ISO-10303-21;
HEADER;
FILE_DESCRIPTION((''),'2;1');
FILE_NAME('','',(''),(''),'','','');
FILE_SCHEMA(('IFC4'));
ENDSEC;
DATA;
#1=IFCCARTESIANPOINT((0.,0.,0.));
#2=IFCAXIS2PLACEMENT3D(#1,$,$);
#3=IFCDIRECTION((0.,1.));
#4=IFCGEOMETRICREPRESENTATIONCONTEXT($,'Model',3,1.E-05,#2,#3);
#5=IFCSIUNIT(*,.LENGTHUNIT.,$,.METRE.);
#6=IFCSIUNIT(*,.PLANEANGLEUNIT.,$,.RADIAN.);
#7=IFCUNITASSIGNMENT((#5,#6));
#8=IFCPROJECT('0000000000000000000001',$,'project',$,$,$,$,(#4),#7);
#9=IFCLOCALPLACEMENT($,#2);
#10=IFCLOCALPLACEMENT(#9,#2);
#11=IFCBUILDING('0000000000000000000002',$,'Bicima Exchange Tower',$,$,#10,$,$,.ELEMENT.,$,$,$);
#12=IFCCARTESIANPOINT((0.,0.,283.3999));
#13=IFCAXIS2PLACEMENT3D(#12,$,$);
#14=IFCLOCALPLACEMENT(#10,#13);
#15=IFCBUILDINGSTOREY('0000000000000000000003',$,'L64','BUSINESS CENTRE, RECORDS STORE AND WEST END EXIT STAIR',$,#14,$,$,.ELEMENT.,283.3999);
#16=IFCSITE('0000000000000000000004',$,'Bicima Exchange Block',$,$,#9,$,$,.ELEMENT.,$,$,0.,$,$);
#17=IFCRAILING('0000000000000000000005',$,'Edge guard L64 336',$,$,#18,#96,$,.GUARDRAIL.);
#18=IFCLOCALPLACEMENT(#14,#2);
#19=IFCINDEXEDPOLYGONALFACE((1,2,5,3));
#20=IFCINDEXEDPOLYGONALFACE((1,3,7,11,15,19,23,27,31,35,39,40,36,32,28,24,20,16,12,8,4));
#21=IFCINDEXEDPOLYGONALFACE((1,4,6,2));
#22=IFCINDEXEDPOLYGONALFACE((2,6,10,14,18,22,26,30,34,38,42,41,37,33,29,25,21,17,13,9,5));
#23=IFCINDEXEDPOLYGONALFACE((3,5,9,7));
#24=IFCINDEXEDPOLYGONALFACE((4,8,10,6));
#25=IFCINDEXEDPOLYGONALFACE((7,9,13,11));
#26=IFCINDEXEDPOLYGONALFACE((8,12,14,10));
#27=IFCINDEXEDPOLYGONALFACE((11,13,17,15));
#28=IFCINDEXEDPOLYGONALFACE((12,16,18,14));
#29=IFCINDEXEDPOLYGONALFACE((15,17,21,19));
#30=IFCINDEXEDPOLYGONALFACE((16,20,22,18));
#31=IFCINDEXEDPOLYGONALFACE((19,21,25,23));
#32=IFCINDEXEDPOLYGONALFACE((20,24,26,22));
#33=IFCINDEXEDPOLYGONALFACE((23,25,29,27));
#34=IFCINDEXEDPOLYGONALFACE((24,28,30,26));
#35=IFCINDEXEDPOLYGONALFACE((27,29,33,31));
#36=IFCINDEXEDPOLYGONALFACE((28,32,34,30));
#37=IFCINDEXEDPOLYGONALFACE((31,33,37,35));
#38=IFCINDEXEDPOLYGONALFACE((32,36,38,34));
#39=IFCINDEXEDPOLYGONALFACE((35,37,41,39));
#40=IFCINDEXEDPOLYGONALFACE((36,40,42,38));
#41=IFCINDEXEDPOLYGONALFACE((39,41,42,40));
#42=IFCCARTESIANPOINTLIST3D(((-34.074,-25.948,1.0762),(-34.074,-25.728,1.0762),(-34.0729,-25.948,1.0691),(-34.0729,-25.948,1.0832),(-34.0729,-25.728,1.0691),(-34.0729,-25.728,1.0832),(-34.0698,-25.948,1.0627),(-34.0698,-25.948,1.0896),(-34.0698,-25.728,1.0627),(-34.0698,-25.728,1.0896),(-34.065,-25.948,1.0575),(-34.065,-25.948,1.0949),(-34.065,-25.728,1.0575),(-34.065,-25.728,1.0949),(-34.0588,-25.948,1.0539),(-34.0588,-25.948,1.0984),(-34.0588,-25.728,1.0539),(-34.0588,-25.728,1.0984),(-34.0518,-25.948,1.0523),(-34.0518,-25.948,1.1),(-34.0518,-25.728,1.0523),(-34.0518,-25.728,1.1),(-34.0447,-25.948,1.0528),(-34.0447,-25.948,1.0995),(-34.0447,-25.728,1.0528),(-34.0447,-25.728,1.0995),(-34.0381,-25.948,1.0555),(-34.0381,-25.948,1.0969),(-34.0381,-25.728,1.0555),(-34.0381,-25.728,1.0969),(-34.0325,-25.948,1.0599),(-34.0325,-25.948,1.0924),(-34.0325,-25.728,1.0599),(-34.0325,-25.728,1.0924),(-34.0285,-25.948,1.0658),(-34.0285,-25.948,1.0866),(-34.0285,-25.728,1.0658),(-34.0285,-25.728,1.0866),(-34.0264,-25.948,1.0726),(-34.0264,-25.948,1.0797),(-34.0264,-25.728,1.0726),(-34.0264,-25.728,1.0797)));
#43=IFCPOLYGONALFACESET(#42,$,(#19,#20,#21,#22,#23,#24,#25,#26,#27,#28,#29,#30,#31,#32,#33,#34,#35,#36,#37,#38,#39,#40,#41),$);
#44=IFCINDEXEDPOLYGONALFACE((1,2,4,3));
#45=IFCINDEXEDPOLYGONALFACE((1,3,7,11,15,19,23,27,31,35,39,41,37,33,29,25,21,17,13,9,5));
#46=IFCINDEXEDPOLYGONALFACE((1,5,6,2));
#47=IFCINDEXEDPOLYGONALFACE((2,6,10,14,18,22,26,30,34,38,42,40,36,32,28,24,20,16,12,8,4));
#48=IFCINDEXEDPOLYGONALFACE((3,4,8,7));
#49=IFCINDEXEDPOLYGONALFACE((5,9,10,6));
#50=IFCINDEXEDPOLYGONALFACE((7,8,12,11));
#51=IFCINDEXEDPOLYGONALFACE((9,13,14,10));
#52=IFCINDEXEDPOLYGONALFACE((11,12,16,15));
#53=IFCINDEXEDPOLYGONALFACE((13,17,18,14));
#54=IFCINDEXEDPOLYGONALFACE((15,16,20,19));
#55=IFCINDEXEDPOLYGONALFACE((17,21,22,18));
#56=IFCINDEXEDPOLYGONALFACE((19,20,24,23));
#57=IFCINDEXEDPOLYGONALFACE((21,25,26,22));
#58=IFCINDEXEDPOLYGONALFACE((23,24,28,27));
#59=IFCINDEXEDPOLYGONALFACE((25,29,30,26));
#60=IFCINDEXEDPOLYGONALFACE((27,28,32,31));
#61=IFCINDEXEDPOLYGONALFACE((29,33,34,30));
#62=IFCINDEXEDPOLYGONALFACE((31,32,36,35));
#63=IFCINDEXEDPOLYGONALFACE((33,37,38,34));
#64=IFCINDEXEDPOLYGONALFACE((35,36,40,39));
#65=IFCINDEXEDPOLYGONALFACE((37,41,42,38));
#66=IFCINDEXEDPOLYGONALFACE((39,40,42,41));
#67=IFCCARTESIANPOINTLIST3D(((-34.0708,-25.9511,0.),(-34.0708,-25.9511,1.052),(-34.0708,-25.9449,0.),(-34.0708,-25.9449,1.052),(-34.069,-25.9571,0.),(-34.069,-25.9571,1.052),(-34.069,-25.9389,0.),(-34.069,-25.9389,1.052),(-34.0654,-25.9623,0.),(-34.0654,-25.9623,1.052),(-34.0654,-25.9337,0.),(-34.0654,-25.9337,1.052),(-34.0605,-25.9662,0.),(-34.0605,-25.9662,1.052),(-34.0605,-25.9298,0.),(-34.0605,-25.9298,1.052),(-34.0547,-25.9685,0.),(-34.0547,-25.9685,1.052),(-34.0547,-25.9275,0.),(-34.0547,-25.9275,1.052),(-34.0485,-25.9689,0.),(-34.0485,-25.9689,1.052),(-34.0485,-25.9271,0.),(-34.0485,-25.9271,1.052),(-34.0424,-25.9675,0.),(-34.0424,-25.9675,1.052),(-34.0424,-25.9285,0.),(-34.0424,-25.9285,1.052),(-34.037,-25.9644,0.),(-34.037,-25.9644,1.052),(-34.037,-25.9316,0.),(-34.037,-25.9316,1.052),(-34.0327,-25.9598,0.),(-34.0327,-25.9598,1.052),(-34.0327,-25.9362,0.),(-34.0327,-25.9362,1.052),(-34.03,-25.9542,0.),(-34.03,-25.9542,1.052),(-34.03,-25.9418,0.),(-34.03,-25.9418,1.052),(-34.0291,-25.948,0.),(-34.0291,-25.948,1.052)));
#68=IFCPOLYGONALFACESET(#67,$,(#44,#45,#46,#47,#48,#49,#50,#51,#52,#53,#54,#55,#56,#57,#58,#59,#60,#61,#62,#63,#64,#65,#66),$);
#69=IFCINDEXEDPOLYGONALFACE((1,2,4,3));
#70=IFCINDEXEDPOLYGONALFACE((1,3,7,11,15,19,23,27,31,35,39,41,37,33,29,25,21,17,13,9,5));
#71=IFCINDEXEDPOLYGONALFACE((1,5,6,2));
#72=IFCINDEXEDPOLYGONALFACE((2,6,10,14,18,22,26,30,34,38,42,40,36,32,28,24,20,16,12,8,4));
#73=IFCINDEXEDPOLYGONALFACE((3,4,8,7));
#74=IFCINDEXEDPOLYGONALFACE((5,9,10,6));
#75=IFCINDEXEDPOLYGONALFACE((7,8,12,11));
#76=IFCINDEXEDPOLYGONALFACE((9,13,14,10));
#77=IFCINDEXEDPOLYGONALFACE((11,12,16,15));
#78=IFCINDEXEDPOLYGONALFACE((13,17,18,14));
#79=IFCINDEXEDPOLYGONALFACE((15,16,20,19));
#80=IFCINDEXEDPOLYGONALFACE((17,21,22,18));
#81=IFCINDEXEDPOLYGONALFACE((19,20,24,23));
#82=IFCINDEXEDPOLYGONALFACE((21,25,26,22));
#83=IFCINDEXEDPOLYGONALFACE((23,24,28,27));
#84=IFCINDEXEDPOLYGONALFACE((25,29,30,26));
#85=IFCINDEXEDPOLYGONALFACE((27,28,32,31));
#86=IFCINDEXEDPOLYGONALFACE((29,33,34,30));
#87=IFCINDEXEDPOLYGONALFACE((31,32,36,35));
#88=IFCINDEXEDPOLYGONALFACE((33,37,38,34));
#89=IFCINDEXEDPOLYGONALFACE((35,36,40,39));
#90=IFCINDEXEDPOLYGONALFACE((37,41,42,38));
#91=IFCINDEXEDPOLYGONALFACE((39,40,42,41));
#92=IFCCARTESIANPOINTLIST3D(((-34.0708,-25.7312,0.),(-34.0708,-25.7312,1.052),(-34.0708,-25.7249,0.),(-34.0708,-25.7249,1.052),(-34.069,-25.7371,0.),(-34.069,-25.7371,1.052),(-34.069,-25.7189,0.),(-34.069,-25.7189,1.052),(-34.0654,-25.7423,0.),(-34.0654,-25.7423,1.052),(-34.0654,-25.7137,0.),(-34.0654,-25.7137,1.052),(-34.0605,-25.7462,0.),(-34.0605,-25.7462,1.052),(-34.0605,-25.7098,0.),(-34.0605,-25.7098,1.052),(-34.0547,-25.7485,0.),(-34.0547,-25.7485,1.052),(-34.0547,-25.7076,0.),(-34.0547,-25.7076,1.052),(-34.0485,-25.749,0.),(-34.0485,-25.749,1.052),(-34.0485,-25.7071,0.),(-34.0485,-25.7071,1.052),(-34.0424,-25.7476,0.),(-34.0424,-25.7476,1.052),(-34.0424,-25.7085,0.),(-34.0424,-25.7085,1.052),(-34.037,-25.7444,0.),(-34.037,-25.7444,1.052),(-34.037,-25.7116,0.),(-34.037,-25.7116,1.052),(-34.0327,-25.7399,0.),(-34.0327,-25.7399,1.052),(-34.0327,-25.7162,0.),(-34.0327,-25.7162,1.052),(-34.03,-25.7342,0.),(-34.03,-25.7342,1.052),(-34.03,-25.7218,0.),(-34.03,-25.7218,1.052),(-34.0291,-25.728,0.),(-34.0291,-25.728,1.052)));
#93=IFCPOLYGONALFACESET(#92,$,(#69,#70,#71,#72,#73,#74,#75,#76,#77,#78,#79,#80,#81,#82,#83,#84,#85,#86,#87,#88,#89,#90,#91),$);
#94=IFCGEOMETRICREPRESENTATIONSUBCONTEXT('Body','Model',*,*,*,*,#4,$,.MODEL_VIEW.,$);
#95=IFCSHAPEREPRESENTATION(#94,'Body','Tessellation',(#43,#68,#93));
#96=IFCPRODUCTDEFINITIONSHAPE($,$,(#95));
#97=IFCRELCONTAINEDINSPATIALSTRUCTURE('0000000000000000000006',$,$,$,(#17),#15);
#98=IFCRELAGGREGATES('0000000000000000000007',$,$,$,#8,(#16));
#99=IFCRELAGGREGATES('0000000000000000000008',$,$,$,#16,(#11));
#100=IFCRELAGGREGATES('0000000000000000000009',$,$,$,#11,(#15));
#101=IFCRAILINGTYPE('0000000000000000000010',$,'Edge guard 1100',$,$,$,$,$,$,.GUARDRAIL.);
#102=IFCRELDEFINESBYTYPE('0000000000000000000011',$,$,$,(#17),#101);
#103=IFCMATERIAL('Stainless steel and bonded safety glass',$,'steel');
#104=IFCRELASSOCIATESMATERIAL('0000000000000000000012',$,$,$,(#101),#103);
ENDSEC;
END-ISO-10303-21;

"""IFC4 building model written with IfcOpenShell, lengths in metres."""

from ifc_helpers import new_model, si_unit, direction, frame, origin, origin_2d, place, context, subcontext, project, spatial, circle, extrude, material, type_object, element, save


model = new_model("IFC4")

# Units and contexts
model_context = context("Model", 3, precision=1e-05, world=origin(), true_north=direction((0.0, 1.0)))
body_context = subcontext(model_context, "Body", "Model", "MODEL_VIEW")
ifc_project = project(units=[si_unit("LENGTHUNIT", "METRE"), si_unit("PLANEANGLEUNIT", "RADIAN")], contexts=[model_context])

# Site, building, storey
site_placement = place(None, origin())
site = spatial("IfcSite", under=ifc_project, at=site_placement, Name="Bicima Exchange Block", CompositionType="ELEMENT", RefElevation=0.0)
building_placement = place(site_placement, origin())
building = spatial("IfcBuilding", under=site, at=building_placement, Name="Bicima Exchange Tower", CompositionType="ELEMENT")
storey_placement = place(building_placement, frame((0.0, 0.0, 283.3999)))
storey = spatial("IfcBuildingStorey", under=building, at=storey_placement, Name="L64", Description="BUSINESS CENTRE, RECORDS STORE AND WEST END EXIT STAIR", CompositionType="ELEMENT", Elevation=283.3999)

# Railing
ifc_material_1 = material(Name="Stainless steel and bonded safety glass", Category="steel")
railing_type = type_object("IfcRailingType", Name="Edge guard 1100", PredefinedType="GUARDRAIL", material=ifc_material_1)
railing_1_placement = place(storey_placement, frame((-34.05, -25.948, 0.0)))
element("IfcRailing", 1, at=railing_1_placement, inside=storey, type_object=railing_type, Name="Edge guard L64 336", PredefinedType="GUARDRAIL", context=body_context, shape_type="SweptSolid", body=[
    extrude(circle(Radius=0.0239, at=origin_2d()), frame((0.0, 0.0, 1.0762), z_axis=(0.0, 1.0, 0.0), x_axis=(-1.0, 0.0, 0.0)), (0.0, 0.0, 1.0), 0.22),
    extrude(circle(Radius=0.021, at=origin_2d()), origin(), (0.0, 0.0, 1.0), 1.052),
    extrude(circle(Radius=0.021, at=origin_2d()), frame((0.0, 0.22, 0.0)), (0.0, 0.0, 1.0), 1.052),
])

save(model, "model.ifc")
